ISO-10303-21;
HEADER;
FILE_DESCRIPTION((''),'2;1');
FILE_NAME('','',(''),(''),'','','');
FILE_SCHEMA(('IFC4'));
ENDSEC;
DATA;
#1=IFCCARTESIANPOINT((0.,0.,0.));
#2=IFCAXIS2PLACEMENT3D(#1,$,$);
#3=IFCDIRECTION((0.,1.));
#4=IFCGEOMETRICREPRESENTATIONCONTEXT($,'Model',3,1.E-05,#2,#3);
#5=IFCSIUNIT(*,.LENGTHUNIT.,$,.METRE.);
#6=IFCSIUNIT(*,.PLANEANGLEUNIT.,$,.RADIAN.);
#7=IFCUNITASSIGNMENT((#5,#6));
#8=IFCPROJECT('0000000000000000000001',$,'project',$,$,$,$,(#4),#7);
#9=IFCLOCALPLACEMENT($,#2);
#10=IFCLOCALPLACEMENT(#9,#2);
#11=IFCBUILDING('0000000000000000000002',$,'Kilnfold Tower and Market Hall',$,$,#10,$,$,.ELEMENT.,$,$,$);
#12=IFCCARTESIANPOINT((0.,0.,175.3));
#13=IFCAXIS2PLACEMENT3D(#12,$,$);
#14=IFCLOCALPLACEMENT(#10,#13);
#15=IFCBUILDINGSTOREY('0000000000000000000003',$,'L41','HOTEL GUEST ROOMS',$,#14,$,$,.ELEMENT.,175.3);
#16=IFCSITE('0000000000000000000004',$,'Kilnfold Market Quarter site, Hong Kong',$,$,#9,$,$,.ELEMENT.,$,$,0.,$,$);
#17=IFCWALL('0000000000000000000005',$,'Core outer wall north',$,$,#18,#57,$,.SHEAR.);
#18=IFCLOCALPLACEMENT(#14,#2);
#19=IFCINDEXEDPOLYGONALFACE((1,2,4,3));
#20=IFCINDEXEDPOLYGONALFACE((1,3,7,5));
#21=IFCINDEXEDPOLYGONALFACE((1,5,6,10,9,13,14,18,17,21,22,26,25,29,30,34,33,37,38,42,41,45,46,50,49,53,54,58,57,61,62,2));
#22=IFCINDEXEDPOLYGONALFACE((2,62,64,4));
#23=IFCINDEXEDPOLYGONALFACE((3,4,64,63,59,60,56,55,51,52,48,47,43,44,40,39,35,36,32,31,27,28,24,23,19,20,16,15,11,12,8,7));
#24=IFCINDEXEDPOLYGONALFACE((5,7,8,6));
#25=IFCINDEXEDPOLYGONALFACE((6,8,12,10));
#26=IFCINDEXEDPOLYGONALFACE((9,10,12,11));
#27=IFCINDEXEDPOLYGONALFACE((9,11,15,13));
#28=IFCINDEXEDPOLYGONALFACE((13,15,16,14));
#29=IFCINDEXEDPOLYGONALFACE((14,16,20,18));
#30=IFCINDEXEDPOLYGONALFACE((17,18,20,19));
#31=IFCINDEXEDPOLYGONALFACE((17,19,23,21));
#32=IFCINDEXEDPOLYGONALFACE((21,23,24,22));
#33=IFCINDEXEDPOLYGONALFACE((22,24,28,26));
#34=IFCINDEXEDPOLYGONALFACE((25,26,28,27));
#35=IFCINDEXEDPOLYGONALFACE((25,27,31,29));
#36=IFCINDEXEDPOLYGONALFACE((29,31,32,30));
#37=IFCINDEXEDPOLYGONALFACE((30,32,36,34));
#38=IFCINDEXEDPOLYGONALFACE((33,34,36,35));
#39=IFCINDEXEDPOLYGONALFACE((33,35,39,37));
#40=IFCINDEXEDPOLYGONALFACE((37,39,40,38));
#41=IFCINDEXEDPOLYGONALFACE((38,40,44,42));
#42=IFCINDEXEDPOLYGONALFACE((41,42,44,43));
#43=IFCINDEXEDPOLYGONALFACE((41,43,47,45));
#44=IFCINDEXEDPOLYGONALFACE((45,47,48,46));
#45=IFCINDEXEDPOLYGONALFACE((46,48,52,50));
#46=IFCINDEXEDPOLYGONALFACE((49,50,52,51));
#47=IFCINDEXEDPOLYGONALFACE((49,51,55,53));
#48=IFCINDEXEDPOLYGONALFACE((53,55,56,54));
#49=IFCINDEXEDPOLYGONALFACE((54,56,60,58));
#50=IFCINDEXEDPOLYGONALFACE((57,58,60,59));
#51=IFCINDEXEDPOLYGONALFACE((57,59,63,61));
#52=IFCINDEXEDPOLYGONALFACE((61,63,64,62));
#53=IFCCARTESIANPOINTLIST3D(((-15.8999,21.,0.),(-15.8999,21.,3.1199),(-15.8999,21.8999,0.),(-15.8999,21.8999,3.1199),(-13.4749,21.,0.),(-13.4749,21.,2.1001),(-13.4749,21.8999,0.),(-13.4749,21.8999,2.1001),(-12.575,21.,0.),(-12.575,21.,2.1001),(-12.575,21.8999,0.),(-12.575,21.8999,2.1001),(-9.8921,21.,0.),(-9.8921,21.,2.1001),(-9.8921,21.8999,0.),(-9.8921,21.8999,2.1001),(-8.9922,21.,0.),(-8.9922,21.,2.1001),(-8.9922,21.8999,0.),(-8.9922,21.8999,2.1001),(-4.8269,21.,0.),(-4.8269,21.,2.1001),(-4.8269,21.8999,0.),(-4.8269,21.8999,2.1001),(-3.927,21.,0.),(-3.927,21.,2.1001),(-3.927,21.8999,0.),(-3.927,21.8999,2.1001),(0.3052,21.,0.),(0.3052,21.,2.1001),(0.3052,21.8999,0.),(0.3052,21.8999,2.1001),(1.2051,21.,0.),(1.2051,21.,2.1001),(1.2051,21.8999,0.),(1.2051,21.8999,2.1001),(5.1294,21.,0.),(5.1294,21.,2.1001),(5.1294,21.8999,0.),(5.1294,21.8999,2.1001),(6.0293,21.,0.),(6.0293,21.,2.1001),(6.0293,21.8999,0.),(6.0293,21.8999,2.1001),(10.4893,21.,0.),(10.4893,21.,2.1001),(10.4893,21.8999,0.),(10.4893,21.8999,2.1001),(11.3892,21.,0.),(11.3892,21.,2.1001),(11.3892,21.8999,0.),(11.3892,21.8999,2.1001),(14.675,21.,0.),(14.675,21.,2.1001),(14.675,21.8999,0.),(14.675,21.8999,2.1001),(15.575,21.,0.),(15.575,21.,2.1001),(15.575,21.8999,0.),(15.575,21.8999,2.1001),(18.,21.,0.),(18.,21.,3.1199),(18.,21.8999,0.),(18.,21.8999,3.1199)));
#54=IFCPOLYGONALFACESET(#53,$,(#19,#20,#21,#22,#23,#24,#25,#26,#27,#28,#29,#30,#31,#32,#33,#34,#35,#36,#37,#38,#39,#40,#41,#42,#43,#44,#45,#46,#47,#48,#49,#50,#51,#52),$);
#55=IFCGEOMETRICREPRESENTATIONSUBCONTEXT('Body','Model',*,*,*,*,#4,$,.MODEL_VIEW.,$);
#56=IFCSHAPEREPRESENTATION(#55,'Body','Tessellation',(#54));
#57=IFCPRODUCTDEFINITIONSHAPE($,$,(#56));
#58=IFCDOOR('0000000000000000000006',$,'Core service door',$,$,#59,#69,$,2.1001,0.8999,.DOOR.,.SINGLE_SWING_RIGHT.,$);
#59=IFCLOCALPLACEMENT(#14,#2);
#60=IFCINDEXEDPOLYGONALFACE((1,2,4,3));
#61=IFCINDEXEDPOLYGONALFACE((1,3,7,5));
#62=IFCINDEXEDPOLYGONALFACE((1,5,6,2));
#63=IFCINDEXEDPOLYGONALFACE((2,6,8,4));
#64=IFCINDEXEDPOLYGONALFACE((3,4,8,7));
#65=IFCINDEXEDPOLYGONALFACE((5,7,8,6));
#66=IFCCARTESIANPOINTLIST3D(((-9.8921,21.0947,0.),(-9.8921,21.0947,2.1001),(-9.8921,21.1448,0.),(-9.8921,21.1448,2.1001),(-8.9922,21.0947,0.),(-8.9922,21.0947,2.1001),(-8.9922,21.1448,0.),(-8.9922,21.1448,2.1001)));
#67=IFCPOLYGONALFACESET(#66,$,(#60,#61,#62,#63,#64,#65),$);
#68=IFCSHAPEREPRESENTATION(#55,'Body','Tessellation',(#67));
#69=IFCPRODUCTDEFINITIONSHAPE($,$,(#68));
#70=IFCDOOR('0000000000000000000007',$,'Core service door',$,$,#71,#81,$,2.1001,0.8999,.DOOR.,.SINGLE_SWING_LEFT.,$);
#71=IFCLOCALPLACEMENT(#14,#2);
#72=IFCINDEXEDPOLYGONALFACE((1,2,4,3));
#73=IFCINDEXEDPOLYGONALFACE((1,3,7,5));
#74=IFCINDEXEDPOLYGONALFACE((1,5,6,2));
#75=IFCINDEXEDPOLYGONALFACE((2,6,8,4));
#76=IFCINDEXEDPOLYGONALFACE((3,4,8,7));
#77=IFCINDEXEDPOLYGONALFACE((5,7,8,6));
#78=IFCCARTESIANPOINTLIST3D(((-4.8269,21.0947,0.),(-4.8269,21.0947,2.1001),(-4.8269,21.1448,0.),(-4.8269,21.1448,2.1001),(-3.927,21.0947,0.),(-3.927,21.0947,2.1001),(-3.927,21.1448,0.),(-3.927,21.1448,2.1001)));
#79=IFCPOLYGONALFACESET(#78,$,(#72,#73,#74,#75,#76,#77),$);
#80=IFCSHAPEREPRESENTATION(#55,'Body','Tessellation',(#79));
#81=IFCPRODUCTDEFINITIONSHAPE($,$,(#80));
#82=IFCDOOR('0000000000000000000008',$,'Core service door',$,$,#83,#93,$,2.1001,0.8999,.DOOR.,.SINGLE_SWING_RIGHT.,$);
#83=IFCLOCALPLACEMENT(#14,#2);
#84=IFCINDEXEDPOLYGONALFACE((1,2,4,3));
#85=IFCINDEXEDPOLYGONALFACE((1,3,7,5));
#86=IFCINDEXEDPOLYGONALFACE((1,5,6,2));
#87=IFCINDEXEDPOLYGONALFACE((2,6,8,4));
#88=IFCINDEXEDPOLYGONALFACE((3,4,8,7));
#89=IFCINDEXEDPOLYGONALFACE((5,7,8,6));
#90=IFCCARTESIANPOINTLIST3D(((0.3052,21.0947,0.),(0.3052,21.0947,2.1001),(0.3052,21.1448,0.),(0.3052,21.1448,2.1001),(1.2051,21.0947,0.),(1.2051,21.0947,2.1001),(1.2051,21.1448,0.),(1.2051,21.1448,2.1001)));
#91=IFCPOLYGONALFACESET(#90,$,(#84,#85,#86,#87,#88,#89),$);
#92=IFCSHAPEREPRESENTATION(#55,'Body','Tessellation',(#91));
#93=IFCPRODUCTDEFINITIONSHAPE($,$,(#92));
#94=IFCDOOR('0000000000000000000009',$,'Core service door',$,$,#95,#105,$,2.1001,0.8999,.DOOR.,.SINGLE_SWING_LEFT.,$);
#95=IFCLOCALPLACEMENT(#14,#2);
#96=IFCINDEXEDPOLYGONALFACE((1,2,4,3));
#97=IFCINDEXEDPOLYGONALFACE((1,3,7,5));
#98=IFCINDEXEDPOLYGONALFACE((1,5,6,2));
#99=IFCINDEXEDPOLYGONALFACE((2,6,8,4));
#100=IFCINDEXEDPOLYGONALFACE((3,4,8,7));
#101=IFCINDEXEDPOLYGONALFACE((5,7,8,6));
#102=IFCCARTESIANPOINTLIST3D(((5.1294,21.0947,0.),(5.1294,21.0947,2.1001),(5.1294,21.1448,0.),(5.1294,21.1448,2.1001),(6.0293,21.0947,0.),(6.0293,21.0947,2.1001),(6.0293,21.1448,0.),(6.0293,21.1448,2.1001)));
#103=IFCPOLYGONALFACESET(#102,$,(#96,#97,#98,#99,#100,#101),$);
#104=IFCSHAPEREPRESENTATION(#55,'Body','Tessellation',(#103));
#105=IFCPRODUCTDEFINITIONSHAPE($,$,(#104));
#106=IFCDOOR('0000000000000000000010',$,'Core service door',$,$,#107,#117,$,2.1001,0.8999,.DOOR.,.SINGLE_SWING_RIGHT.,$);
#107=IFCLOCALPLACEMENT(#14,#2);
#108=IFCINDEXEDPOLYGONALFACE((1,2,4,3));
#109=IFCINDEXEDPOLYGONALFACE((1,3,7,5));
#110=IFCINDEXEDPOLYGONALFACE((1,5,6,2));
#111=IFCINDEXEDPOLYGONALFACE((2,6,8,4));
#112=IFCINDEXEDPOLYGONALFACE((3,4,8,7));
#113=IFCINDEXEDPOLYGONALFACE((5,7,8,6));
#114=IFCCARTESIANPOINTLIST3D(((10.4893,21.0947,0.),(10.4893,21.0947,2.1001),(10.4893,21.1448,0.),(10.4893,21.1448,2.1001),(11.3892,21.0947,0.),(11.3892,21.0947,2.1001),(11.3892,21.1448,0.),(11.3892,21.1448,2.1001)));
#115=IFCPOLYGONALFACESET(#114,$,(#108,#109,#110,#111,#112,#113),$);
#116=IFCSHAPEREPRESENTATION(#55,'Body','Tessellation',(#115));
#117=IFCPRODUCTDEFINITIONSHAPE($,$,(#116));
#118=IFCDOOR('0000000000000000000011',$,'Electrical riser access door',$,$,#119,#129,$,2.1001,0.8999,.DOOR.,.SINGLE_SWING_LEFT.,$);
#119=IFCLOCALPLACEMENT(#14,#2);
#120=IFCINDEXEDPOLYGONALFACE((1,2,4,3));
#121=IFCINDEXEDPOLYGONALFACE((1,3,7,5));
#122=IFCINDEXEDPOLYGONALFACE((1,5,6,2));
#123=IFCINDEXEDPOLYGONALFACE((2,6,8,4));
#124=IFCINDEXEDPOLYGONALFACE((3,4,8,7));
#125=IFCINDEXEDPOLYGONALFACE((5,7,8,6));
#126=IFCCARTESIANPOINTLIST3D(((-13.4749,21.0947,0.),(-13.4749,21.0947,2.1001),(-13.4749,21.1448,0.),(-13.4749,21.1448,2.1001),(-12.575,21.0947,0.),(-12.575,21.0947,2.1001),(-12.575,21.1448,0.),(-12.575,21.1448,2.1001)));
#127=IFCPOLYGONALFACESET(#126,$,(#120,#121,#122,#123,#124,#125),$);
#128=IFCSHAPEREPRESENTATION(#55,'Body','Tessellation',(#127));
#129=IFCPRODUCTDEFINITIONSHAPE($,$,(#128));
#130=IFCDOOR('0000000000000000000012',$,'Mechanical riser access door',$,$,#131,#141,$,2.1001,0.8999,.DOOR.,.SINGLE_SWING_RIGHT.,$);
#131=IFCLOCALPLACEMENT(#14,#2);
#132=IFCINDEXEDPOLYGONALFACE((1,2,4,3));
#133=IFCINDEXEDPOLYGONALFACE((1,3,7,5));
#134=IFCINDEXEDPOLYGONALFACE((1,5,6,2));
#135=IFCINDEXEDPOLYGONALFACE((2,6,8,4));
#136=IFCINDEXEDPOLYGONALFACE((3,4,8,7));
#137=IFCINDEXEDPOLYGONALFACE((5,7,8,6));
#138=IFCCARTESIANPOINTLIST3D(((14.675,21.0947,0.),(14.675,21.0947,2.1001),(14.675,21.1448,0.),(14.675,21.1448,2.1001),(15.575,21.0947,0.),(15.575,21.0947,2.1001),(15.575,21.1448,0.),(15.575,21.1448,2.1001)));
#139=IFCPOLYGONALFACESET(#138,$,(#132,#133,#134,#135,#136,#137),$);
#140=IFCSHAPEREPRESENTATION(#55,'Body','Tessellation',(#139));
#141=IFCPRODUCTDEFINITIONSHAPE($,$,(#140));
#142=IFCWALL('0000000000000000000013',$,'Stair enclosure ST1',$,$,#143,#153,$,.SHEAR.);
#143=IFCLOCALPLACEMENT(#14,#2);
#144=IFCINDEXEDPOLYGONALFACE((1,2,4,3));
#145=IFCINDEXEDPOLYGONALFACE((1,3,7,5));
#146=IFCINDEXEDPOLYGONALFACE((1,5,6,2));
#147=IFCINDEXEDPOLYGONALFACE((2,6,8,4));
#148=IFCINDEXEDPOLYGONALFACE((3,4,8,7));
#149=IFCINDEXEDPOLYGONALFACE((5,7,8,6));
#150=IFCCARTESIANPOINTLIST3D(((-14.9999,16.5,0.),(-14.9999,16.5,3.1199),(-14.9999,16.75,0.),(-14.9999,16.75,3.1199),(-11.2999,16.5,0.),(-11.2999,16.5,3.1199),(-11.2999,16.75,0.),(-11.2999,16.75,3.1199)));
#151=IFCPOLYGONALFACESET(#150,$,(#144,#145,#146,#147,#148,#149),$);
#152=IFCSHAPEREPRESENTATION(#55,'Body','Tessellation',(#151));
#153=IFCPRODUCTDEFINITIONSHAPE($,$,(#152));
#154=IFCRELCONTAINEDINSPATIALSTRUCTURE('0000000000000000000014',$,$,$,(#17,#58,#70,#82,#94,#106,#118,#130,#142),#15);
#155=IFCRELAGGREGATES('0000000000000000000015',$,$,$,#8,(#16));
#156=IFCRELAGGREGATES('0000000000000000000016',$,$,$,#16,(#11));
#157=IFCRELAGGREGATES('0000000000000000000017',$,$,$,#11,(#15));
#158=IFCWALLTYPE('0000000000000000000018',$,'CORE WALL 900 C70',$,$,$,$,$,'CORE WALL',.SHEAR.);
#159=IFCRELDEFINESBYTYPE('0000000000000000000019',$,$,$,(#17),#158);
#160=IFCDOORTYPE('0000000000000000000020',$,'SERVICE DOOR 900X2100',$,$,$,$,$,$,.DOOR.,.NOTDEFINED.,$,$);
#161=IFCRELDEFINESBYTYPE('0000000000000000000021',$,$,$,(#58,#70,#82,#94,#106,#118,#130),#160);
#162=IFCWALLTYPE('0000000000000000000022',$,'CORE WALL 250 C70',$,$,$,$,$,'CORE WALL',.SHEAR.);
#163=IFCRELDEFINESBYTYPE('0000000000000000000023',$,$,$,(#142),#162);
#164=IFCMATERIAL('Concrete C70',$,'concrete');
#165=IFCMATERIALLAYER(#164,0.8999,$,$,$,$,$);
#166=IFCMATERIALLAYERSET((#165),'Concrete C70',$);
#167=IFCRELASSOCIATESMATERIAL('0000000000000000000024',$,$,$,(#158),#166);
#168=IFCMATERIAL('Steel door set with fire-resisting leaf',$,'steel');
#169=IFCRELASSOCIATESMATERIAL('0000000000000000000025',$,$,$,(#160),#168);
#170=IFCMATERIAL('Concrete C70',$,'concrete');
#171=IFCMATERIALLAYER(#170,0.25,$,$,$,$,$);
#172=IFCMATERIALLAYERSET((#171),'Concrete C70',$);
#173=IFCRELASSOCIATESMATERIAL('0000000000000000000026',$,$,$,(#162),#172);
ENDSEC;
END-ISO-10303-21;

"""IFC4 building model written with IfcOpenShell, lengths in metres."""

from ifc_helpers import new_model, si_unit, direction, frame, frame_2d, origin, place, context, subcontext, project, spatial, rectangle, extrude, source, transform, mapped, material, layer, layer_set, type_object, element, fill, save


model = new_model("IFC4")

# Units and contexts
model_context = context("Model", 3, precision=1e-05, world=origin(), true_north=direction((0.0, 1.0)))
body_context = subcontext(model_context, "Body", "Model", "MODEL_VIEW")
ifc_project = project(units=[si_unit("LENGTHUNIT", "METRE"), si_unit("PLANEANGLEUNIT", "RADIAN")], contexts=[model_context])

# Site, building, storey
site_placement = place(None, origin())
site = spatial("IfcSite", under=ifc_project, at=site_placement, Name="Kilnfold Market Quarter site, Hong Kong", CompositionType="ELEMENT", RefElevation=0.0)
building_placement = place(site_placement, origin())
building = spatial("IfcBuilding", under=site, at=building_placement, Name="Kilnfold Tower and Market Hall", CompositionType="ELEMENT")
storey_placement = place(building_placement, frame((0.0, 0.0, 175.3)))
storey = spatial("IfcBuildingStorey", under=building, at=storey_placement, Name="L41", Description="HOTEL GUEST ROOMS", CompositionType="ELEMENT", Elevation=175.3)

# Wall, openings, doors
ifc_material_1 = material(Name="Concrete C70", Category="concrete")
ifc_layer_1 = layer(ifc_material_1, 0.8999)
ifc_layer_set_1 = layer_set([ifc_layer_1], Name="Concrete C70")
wall_type_1 = type_object("IfcWallType", Name="CORE WALL 900 C70", ElementType="CORE WALL", PredefinedType="SHEAR", material=ifc_layer_set_1)
shared_shape_1 = source(origin(), body_context, "Body", "SweptSolid", [
    extrude(rectangle(XDim=33.8999, YDim=0.8999, at=frame_2d((16.95, 0.0))), origin(), (0.0, 0.0, 1.0), 3.1199),
])
wall_1_placement = place(storey_placement, frame((-15.8999, 21.45, 0.0), z_axis=(0.0, 0.0, 1.0), x_axis=(1.0, 0.0, 0.0)))
wall_1 = element("IfcWall", 1, at=wall_1_placement, inside=storey, type_object=wall_type_1, Name="Core outer wall north", PredefinedType="SHEAR", context=body_context, shape_type="MappedRepresentation", body=[
    mapped(shared_shape_1, transform((0.0, 0.0, 0.0))),
])
opening_1_placement = place(wall_1_placement, frame((6.0078, 0.0, 0.0)))
opening_1 = element("IfcOpeningElement", 2, at=opening_1_placement, cuts=wall_1, PredefinedType="OPENING", context=body_context, shape_type="SweptSolid", body=[
    extrude(rectangle(XDim=0.8999, YDim=2.1001, at=frame_2d((0.45, 1.05))), frame((0.0, 0.46, 0.0), z_axis=(0.0, -1.0, 0.0), x_axis=(1.0, 0.0, 0.0)), (0.0, 0.0, 1.0), 0.9199),
])
opening_2_placement = place(wall_1_placement, frame((11.073, 0.0, 0.0)))
opening_2 = element("IfcOpeningElement", 3, at=opening_2_placement, cuts=wall_1, PredefinedType="OPENING", context=body_context, shape_type="SweptSolid", body=[
    extrude(rectangle(XDim=0.8999, YDim=2.1001, at=frame_2d((0.45, 1.05))), frame((0.0, 0.46, 0.0), z_axis=(0.0, -1.0, 0.0), x_axis=(1.0, 0.0, 0.0)), (0.0, 0.0, 1.0), 0.9199),
])
opening_3_placement = place(wall_1_placement, frame((16.2051, 0.0, 0.0)))
opening_3 = element("IfcOpeningElement", 4, at=opening_3_placement, cuts=wall_1, PredefinedType="OPENING", context=body_context, shape_type="SweptSolid", body=[
    extrude(rectangle(XDim=0.8999, YDim=2.1001, at=frame_2d((0.45, 1.05))), frame((0.0, 0.46, 0.0), z_axis=(0.0, -1.0, 0.0), x_axis=(1.0, 0.0, 0.0)), (0.0, 0.0, 1.0), 0.9199),
])
opening_4_placement = place(wall_1_placement, frame((21.0293, 0.0, 0.0)))
opening_4 = element("IfcOpeningElement", 5, at=opening_4_placement, cuts=wall_1, PredefinedType="OPENING", context=body_context, shape_type="SweptSolid", body=[
    extrude(rectangle(XDim=0.8999, YDim=2.1001, at=frame_2d((0.45, 1.05))), frame((0.0, 0.46, 0.0), z_axis=(0.0, -1.0, 0.0), x_axis=(1.0, 0.0, 0.0)), (0.0, 0.0, 1.0), 0.9199),
])
opening_5_placement = place(wall_1_placement, frame((26.3892, 0.0, 0.0)))
opening_5 = element("IfcOpeningElement", 6, at=opening_5_placement, cuts=wall_1, PredefinedType="OPENING", context=body_context, shape_type="SweptSolid", body=[
    extrude(rectangle(XDim=0.8999, YDim=2.1001, at=frame_2d((0.45, 1.05))), frame((0.0, 0.46, 0.0), z_axis=(0.0, -1.0, 0.0), x_axis=(1.0, 0.0, 0.0)), (0.0, 0.0, 1.0), 0.9199),
])
opening_6_placement = place(wall_1_placement, frame((2.425, 0.0, 0.0)))
opening_6 = element("IfcOpeningElement", 7, at=opening_6_placement, cuts=wall_1, PredefinedType="OPENING", context=body_context, shape_type="SweptSolid", body=[
    extrude(rectangle(XDim=0.8999, YDim=2.1001, at=frame_2d((0.45, 1.05))), frame((0.0, 0.46, 0.0), z_axis=(0.0, -1.0, 0.0), x_axis=(1.0, 0.0, 0.0)), (0.0, 0.0, 1.0), 0.9199),
])
opening_7_placement = place(wall_1_placement, frame((30.575, 0.0, 0.0)))
opening_7 = element("IfcOpeningElement", 8, at=opening_7_placement, cuts=wall_1, PredefinedType="OPENING", context=body_context, shape_type="SweptSolid", body=[
    extrude(rectangle(XDim=0.8999, YDim=2.1001, at=frame_2d((0.45, 1.05))), frame((0.0, 0.46, 0.0), z_axis=(0.0, -1.0, 0.0), x_axis=(1.0, 0.0, 0.0)), (0.0, 0.0, 1.0), 0.9199),
])
ifc_material_2 = material(Name="Steel door set with fire-resisting leaf", Category="steel")
door_type = type_object("IfcDoorType", Name="SERVICE DOOR 900X2100", OperationType="NOTDEFINED", PredefinedType="DOOR", material=ifc_material_2)
door_1_placement = place(opening_1_placement, origin())
door_1 = element("IfcDoor", 9, at=door_1_placement, inside=storey, type_object=door_type, Name="Core service door", OperationType="SINGLE_SWING_RIGHT", OverallHeight=2.1001, OverallWidth=0.8999, PredefinedType="DOOR", context=body_context, shape_type="SweptSolid", body=[
    extrude(rectangle(XDim=0.8999, YDim=2.1001, at=frame_2d((0.45, 1.05))), frame((0.0, -0.3052, 0.0), z_axis=(0.0, -1.0, 0.0), x_axis=(1.0, 0.0, 0.0)), (0.0, 0.0, 1.0), 0.05),
])
fill(opening_1, door_1)
door_2_placement = place(opening_2_placement, origin())
door_2 = element("IfcDoor", 10, at=door_2_placement, inside=storey, type_object=door_type, Name="Core service door", OperationType="SINGLE_SWING_LEFT", OverallHeight=2.1001, OverallWidth=0.8999, PredefinedType="DOOR", context=body_context, shape_type="SweptSolid", body=[
    extrude(rectangle(XDim=0.8999, YDim=2.1001, at=frame_2d((0.45, 1.05))), frame((0.0, -0.3052, 0.0), z_axis=(0.0, -1.0, 0.0), x_axis=(1.0, 0.0, 0.0)), (0.0, 0.0, 1.0), 0.05),
])
fill(opening_2, door_2)
door_3_placement = place(opening_3_placement, origin())
door_3 = element("IfcDoor", 11, at=door_3_placement, inside=storey, type_object=door_type, Name="Core service door", OperationType="SINGLE_SWING_RIGHT", OverallHeight=2.1001, OverallWidth=0.8999, PredefinedType="DOOR", context=body_context, shape_type="SweptSolid", body=[
    extrude(rectangle(XDim=0.8999, YDim=2.1001, at=frame_2d((0.45, 1.05))), frame((0.0, -0.3052, 0.0), z_axis=(0.0, -1.0, 0.0), x_axis=(1.0, 0.0, 0.0)), (0.0, 0.0, 1.0), 0.05),
])
fill(opening_3, door_3)
door_4_placement = place(opening_4_placement, origin())
door_4 = element("IfcDoor", 12, at=door_4_placement, inside=storey, type_object=door_type, Name="Core service door", OperationType="SINGLE_SWING_LEFT", OverallHeight=2.1001, OverallWidth=0.8999, PredefinedType="DOOR", context=body_context, shape_type="SweptSolid", body=[
    extrude(rectangle(XDim=0.8999, YDim=2.1001, at=frame_2d((0.45, 1.05))), frame((0.0, -0.3052, 0.0), z_axis=(0.0, -1.0, 0.0), x_axis=(1.0, 0.0, 0.0)), (0.0, 0.0, 1.0), 0.05),
])
fill(opening_4, door_4)
door_5_placement = place(opening_5_placement, origin())
door_5 = element("IfcDoor", 13, at=door_5_placement, inside=storey, type_object=door_type, Name="Core service door", OperationType="SINGLE_SWING_RIGHT", OverallHeight=2.1001, OverallWidth=0.8999, PredefinedType="DOOR", context=body_context, shape_type="SweptSolid", body=[
    extrude(rectangle(XDim=0.8999, YDim=2.1001, at=frame_2d((0.45, 1.05))), frame((0.0, -0.3052, 0.0), z_axis=(0.0, -1.0, 0.0), x_axis=(1.0, 0.0, 0.0)), (0.0, 0.0, 1.0), 0.05),
])
fill(opening_5, door_5)
door_6_placement = place(opening_6_placement, origin())
door_6 = element("IfcDoor", 14, at=door_6_placement, inside=storey, type_object=door_type, Name="Electrical riser access door", OperationType="SINGLE_SWING_LEFT", OverallHeight=2.1001, OverallWidth=0.8999, PredefinedType="DOOR", context=body_context, shape_type="SweptSolid", body=[
    extrude(rectangle(XDim=0.8999, YDim=2.1001, at=frame_2d((0.45, 1.05))), frame((0.0, -0.3052, 0.0), z_axis=(0.0, -1.0, 0.0), x_axis=(1.0, 0.0, 0.0)), (0.0, 0.0, 1.0), 0.05),
])
fill(opening_6, door_6)
door_7_placement = place(opening_7_placement, origin())
door_7 = element("IfcDoor", 15, at=door_7_placement, inside=storey, type_object=door_type, Name="Mechanical riser access door", OperationType="SINGLE_SWING_RIGHT", OverallHeight=2.1001, OverallWidth=0.8999, PredefinedType="DOOR", context=body_context, shape_type="SweptSolid", body=[
    extrude(rectangle(XDim=0.8999, YDim=2.1001, at=frame_2d((0.45, 1.05))), frame((0.0, -0.3052, 0.0), z_axis=(0.0, -1.0, 0.0), x_axis=(1.0, 0.0, 0.0)), (0.0, 0.0, 1.0), 0.05),
])
fill(opening_7, door_7)

# Wall
ifc_material_3 = material(Name="Concrete C70", Category="concrete")
ifc_layer_2 = layer(ifc_material_3, 0.25)
ifc_layer_set_2 = layer_set([ifc_layer_2], Name="Concrete C70")
wall_type_2 = type_object("IfcWallType", Name="CORE WALL 250 C70", ElementType="CORE WALL", PredefinedType="SHEAR", material=ifc_layer_set_2)
shared_shape_2 = source(origin(), body_context, "Body", "SweptSolid", [
    extrude(rectangle(XDim=3.7, YDim=0.25, at=frame_2d((1.8501, 0.0))), origin(), (0.0, 0.0, 1.0), 3.1199),
])
wall_2_placement = place(storey_placement, frame((-15.0, 16.625, 0.0), z_axis=(0.0, 0.0, 1.0), x_axis=(1.0, 0.0, 0.0)))
element("IfcWall", 16, at=wall_2_placement, inside=storey, type_object=wall_type_2, Name="Stair enclosure ST1", PredefinedType="SHEAR", context=body_context, shape_type="MappedRepresentation", body=[
    mapped(shared_shape_2, transform((0.0, 0.0, 0.0))),
])

save(model, "model.ifc")
